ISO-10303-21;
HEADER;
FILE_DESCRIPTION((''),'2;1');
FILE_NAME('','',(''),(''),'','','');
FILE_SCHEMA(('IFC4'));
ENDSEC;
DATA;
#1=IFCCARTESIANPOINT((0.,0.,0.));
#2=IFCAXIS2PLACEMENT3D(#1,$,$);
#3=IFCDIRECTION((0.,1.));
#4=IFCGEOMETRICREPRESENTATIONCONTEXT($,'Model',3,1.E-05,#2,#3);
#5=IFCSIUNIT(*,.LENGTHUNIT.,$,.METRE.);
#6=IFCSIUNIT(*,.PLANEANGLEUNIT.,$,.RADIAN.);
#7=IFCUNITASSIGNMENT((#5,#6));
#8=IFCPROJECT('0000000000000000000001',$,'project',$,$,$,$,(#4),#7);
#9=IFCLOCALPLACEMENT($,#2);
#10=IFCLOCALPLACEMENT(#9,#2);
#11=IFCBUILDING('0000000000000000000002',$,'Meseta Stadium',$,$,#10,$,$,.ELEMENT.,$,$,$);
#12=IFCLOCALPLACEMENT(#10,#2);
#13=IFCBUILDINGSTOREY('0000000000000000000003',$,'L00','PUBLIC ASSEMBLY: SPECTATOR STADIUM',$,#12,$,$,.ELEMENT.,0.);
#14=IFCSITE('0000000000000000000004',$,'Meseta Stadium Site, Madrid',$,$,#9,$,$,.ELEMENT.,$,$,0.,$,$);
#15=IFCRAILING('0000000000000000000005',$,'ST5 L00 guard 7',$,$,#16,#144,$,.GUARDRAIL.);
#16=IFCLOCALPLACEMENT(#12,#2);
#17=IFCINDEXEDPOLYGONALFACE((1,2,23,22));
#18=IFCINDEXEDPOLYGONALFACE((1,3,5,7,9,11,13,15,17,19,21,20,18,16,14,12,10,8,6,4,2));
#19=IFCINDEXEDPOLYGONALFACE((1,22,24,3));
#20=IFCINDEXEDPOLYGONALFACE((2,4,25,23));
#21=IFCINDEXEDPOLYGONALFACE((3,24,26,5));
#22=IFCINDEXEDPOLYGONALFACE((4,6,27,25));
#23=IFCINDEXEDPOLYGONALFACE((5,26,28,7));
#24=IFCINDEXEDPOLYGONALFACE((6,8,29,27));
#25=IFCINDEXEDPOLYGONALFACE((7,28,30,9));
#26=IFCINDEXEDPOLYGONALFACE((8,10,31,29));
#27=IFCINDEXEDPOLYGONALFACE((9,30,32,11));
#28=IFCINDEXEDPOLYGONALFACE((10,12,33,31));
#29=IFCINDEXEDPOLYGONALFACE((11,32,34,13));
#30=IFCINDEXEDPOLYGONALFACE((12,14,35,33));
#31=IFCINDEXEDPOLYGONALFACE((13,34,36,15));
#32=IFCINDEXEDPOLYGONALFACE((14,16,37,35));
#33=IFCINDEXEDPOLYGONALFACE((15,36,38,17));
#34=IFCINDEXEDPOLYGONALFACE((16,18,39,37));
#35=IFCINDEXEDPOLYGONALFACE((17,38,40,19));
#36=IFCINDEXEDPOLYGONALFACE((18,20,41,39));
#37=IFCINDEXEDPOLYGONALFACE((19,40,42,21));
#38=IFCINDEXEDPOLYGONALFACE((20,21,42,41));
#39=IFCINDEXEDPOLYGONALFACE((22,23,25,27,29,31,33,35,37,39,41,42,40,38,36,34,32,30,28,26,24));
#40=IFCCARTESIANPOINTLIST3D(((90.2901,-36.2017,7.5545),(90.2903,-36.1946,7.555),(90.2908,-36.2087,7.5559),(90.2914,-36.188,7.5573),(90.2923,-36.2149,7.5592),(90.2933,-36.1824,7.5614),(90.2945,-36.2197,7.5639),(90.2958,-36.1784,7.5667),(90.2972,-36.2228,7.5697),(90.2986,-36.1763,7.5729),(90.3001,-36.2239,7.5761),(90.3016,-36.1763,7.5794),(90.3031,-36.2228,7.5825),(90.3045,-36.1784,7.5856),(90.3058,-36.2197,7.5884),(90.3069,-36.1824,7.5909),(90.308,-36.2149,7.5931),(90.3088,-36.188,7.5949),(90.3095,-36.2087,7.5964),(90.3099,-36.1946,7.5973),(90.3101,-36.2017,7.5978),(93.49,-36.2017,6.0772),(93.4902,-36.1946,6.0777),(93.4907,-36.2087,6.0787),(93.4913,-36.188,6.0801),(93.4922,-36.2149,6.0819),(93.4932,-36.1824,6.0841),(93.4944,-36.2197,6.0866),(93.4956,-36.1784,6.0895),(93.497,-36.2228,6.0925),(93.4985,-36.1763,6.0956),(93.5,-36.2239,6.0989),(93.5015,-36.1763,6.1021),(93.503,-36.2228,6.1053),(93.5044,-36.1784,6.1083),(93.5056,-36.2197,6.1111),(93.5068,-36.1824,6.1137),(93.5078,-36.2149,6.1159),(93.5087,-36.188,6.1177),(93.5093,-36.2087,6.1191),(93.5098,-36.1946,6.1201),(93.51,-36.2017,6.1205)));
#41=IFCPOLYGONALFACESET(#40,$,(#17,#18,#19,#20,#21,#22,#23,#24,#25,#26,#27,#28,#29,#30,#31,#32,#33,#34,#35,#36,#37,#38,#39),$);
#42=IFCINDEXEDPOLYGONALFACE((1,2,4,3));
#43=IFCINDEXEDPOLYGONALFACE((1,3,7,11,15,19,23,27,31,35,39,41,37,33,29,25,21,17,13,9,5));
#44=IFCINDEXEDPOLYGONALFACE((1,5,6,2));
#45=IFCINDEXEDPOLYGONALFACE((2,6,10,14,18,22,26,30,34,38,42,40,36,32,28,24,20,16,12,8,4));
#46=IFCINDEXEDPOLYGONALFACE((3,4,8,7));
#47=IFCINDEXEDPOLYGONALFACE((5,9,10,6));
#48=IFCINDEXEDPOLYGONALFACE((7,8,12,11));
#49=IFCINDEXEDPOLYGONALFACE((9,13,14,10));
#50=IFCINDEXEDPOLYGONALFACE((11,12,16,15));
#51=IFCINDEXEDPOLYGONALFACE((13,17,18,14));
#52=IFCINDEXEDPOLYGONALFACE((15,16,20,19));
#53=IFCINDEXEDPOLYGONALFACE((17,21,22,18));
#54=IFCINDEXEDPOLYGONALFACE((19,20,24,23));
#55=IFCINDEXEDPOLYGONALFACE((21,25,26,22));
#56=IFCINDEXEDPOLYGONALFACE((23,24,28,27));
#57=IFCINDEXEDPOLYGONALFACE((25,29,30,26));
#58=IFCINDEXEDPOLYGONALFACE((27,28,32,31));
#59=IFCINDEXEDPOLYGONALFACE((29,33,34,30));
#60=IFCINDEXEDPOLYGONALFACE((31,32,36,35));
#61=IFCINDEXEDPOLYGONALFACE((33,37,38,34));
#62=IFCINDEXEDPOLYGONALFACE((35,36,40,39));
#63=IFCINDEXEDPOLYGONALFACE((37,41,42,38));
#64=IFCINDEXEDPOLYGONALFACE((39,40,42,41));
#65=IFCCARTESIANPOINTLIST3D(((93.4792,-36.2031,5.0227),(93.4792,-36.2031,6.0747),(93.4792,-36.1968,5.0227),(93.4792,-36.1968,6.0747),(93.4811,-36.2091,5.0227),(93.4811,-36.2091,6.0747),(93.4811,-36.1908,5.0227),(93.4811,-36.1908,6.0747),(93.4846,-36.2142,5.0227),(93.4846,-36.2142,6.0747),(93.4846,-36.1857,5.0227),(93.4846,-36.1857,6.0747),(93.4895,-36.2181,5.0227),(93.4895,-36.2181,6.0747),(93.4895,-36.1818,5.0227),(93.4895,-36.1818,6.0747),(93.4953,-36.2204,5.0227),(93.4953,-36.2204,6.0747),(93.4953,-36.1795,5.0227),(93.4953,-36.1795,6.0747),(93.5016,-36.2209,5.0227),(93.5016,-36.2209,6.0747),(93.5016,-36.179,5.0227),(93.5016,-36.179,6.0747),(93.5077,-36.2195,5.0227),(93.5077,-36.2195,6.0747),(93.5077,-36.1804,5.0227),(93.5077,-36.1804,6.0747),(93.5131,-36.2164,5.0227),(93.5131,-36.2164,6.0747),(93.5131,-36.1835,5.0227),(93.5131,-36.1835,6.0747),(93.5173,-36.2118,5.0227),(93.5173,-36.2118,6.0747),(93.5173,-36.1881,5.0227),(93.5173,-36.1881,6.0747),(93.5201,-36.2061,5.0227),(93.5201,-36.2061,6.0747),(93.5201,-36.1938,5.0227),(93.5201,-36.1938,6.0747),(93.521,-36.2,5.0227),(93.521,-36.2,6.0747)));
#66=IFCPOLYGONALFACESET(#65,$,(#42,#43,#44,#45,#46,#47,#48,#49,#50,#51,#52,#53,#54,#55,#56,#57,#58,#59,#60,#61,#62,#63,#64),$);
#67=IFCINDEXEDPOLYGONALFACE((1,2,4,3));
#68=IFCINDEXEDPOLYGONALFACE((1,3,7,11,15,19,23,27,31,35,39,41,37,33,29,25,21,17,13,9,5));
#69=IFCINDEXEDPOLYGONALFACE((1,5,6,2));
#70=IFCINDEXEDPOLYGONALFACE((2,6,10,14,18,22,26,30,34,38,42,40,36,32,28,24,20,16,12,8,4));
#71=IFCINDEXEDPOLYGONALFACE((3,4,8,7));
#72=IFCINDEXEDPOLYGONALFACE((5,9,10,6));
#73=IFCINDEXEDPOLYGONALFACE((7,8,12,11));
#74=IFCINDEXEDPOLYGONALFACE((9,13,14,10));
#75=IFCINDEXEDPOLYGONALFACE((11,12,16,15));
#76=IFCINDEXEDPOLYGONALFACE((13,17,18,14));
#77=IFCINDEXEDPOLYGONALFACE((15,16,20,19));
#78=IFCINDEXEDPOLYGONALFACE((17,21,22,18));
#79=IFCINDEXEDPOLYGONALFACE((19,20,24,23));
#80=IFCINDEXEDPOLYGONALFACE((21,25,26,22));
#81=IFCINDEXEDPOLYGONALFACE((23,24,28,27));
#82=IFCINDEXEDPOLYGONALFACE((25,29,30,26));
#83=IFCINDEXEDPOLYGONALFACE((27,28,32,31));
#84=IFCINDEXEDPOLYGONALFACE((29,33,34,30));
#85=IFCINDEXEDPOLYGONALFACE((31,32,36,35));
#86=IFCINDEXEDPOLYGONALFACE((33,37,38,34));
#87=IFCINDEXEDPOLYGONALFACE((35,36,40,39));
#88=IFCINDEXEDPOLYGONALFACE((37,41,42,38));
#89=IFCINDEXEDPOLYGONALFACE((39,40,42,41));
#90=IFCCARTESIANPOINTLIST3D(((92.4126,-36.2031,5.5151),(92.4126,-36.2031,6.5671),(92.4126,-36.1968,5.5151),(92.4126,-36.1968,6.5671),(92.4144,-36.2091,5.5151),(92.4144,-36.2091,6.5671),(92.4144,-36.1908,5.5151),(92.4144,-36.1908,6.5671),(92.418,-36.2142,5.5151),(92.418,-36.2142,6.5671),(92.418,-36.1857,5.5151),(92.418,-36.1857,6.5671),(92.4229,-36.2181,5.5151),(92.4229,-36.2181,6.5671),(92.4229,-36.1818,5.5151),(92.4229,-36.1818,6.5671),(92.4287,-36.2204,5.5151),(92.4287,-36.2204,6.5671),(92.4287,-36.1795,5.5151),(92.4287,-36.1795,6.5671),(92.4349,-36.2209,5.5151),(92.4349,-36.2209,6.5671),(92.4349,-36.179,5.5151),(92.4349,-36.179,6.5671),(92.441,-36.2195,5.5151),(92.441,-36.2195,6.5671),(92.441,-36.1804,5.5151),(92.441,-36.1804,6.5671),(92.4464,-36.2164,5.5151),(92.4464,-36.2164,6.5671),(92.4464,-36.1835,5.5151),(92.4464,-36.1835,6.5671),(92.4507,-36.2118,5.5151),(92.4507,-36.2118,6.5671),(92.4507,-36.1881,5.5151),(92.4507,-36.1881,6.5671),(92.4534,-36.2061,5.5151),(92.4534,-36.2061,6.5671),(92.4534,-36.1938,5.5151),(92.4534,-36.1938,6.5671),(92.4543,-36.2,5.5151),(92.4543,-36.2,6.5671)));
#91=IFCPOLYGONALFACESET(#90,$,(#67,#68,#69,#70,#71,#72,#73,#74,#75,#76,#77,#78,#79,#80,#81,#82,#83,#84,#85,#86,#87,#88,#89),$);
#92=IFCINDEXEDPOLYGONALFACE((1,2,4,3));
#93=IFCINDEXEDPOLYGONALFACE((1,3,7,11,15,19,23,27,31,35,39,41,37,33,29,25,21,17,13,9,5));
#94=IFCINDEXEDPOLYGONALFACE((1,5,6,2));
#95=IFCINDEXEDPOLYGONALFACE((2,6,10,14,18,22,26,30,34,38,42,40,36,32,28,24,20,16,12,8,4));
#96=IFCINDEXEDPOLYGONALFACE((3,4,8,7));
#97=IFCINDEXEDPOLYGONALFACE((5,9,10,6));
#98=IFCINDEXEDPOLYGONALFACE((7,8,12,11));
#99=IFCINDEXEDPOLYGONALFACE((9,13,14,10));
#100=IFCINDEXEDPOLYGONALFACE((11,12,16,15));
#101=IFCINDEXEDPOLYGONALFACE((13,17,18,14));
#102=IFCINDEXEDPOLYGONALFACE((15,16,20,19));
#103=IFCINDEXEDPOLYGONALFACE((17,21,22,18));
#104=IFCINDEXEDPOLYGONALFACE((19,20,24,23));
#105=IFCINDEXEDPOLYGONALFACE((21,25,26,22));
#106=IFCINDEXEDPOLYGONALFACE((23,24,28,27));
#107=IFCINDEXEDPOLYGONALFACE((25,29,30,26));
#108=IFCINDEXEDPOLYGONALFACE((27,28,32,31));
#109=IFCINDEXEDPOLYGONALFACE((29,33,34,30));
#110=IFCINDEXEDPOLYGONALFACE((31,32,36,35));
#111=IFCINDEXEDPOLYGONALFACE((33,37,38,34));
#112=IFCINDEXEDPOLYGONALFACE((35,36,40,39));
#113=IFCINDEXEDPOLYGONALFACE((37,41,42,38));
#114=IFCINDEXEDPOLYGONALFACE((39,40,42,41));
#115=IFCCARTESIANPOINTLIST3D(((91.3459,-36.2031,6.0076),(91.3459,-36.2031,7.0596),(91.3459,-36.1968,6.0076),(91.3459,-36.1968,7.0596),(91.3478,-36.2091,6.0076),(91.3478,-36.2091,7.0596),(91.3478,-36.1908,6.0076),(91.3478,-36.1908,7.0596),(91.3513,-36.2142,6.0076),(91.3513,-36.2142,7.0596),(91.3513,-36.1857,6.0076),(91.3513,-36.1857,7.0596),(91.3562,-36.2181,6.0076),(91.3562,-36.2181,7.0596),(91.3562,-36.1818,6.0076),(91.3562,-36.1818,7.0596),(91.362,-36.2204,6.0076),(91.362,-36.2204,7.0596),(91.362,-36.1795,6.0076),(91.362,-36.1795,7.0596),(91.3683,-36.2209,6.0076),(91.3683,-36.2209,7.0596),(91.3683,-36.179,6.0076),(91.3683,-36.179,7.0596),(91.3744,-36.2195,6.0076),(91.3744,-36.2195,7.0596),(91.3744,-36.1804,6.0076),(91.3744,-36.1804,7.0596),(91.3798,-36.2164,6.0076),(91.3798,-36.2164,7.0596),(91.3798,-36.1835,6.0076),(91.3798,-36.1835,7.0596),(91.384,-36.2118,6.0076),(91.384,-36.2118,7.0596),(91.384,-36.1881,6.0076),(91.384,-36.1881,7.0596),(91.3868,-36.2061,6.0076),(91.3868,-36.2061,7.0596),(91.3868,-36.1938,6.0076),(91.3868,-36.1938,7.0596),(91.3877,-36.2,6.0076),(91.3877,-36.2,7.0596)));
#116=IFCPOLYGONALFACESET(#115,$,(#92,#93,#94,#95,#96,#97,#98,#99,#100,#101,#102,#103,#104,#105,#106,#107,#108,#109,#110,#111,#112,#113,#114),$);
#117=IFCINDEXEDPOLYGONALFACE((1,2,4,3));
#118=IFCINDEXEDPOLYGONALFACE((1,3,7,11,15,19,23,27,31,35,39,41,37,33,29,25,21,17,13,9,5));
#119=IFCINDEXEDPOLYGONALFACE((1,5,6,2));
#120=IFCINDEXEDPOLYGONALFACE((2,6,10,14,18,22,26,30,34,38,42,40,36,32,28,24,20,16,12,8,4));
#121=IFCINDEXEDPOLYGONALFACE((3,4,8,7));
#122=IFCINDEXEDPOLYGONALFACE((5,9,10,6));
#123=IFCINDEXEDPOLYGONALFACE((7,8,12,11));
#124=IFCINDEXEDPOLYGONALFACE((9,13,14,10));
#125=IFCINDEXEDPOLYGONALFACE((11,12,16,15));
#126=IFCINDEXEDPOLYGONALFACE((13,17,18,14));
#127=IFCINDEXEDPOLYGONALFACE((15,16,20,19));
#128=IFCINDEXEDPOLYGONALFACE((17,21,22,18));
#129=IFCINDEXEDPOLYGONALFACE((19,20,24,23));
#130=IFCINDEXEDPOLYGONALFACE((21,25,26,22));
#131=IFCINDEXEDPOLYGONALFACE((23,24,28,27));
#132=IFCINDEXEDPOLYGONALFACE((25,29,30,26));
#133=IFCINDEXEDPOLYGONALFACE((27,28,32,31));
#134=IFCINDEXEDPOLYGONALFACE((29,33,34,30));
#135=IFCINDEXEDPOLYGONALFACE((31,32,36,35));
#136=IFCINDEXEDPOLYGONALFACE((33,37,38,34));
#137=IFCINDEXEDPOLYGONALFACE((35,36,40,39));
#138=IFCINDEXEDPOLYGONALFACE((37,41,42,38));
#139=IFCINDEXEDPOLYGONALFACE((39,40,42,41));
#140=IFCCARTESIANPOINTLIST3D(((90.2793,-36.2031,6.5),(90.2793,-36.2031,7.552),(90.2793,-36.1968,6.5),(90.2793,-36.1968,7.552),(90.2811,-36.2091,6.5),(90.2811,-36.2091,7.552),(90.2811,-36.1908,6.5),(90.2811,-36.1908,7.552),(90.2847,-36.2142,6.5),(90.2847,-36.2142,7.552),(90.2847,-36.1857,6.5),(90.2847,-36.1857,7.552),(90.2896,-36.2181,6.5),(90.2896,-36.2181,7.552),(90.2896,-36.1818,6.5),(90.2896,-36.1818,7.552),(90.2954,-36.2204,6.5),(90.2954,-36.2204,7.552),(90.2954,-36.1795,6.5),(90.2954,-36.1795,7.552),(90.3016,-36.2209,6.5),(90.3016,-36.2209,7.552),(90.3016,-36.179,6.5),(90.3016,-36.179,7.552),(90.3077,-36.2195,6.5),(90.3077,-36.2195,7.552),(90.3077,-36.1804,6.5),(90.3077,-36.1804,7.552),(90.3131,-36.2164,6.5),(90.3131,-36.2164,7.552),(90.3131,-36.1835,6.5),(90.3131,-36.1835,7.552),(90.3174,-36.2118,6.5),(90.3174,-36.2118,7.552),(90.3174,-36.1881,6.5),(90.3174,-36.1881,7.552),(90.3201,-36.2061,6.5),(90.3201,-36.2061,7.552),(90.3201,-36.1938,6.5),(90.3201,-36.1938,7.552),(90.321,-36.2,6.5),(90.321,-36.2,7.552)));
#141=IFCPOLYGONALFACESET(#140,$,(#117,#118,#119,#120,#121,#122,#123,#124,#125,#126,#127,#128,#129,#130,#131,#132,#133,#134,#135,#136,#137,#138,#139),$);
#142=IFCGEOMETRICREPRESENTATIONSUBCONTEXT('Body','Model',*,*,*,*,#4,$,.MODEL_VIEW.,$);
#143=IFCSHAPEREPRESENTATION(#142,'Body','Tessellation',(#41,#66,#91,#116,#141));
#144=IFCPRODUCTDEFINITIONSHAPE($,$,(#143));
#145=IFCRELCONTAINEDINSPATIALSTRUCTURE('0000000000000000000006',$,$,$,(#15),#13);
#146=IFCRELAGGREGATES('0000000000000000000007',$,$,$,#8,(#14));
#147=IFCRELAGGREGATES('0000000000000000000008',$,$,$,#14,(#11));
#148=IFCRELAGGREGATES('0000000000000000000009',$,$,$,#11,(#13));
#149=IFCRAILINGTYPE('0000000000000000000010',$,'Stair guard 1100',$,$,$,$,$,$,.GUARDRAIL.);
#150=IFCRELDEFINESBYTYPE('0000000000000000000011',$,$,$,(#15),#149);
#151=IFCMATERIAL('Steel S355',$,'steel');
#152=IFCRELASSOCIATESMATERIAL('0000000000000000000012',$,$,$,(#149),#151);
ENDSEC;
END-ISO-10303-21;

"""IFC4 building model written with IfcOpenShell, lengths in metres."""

from ifc_helpers import new_model, si_unit, direction, frame, origin, origin_2d, place, context, subcontext, project, spatial, circle, extrude, material, type_object, element, save


model = new_model("IFC4")

# Units and contexts
model_context = context("Model", 3, precision=1e-05, world=origin(), true_north=direction((0.0, 1.0)))
body_context = subcontext(model_context, "Body", "Model", "MODEL_VIEW")
ifc_project = project(units=[si_unit("LENGTHUNIT", "METRE"), si_unit("PLANEANGLEUNIT", "RADIAN")], contexts=[model_context])

# Site, building, storey
site_placement = place(None, origin())
site = spatial("IfcSite", under=ifc_project, at=site_placement, Name="Meseta Stadium Site, Madrid", CompositionType="ELEMENT", RefElevation=0.0)
building_placement = place(site_placement, origin())
building = spatial("IfcBuilding", under=site, at=building_placement, Name="Meseta Stadium", CompositionType="ELEMENT")
storey_placement = place(building_placement, origin())
storey = spatial("IfcBuildingStorey", under=building, at=storey_placement, Name="L00", Description="PUBLIC ASSEMBLY: SPECTATOR STADIUM", CompositionType="ELEMENT", Elevation=0.0)

# Railing
ifc_material_1 = material(Name="Steel S355", Category="steel")
railing_type_1 = type_object("IfcRailingType", Name="Stair guard 1100", PredefinedType="GUARDRAIL", material=ifc_material_1)
railing_1_placement = place(storey_placement, frame((93.5, -36.2, 5.0227)))
element("IfcRailing", 1, at=railing_1_placement, inside=storey, type_object=railing_type_1, Name="ST5 L00 guard 7", PredefinedType="GUARDRAIL", context=body_context, shape_type="SweptSolid", body=[
    extrude(circle(Radius=0.0239, at=origin_2d()), frame((0.0, 0.0, 1.0762), z_axis=(-0.907917, 0.0, 0.41915), x_axis=(0.0, -1.0, 0.0)), (0.0, 0.0, 1.0), 3.5244),
    extrude(circle(Radius=0.021, at=origin_2d()), origin(), (0.0, 0.0, 1.0), 1.052),
    extrude(circle(Radius=0.021, at=origin_2d()), frame((-1.0667, 0.0, 0.4924)), (0.0, 0.0, 1.0), 1.052),
    extrude(circle(Radius=0.021, at=origin_2d()), frame((-2.1333, 0.0, 0.9849)), (0.0, 0.0, 1.0), 1.052),
    extrude(circle(Radius=0.021, at=origin_2d()), frame((-3.2, 0.0, 1.4773)), (0.0, 0.0, 1.0), 1.052),
])

save(model, "model.ifc")
